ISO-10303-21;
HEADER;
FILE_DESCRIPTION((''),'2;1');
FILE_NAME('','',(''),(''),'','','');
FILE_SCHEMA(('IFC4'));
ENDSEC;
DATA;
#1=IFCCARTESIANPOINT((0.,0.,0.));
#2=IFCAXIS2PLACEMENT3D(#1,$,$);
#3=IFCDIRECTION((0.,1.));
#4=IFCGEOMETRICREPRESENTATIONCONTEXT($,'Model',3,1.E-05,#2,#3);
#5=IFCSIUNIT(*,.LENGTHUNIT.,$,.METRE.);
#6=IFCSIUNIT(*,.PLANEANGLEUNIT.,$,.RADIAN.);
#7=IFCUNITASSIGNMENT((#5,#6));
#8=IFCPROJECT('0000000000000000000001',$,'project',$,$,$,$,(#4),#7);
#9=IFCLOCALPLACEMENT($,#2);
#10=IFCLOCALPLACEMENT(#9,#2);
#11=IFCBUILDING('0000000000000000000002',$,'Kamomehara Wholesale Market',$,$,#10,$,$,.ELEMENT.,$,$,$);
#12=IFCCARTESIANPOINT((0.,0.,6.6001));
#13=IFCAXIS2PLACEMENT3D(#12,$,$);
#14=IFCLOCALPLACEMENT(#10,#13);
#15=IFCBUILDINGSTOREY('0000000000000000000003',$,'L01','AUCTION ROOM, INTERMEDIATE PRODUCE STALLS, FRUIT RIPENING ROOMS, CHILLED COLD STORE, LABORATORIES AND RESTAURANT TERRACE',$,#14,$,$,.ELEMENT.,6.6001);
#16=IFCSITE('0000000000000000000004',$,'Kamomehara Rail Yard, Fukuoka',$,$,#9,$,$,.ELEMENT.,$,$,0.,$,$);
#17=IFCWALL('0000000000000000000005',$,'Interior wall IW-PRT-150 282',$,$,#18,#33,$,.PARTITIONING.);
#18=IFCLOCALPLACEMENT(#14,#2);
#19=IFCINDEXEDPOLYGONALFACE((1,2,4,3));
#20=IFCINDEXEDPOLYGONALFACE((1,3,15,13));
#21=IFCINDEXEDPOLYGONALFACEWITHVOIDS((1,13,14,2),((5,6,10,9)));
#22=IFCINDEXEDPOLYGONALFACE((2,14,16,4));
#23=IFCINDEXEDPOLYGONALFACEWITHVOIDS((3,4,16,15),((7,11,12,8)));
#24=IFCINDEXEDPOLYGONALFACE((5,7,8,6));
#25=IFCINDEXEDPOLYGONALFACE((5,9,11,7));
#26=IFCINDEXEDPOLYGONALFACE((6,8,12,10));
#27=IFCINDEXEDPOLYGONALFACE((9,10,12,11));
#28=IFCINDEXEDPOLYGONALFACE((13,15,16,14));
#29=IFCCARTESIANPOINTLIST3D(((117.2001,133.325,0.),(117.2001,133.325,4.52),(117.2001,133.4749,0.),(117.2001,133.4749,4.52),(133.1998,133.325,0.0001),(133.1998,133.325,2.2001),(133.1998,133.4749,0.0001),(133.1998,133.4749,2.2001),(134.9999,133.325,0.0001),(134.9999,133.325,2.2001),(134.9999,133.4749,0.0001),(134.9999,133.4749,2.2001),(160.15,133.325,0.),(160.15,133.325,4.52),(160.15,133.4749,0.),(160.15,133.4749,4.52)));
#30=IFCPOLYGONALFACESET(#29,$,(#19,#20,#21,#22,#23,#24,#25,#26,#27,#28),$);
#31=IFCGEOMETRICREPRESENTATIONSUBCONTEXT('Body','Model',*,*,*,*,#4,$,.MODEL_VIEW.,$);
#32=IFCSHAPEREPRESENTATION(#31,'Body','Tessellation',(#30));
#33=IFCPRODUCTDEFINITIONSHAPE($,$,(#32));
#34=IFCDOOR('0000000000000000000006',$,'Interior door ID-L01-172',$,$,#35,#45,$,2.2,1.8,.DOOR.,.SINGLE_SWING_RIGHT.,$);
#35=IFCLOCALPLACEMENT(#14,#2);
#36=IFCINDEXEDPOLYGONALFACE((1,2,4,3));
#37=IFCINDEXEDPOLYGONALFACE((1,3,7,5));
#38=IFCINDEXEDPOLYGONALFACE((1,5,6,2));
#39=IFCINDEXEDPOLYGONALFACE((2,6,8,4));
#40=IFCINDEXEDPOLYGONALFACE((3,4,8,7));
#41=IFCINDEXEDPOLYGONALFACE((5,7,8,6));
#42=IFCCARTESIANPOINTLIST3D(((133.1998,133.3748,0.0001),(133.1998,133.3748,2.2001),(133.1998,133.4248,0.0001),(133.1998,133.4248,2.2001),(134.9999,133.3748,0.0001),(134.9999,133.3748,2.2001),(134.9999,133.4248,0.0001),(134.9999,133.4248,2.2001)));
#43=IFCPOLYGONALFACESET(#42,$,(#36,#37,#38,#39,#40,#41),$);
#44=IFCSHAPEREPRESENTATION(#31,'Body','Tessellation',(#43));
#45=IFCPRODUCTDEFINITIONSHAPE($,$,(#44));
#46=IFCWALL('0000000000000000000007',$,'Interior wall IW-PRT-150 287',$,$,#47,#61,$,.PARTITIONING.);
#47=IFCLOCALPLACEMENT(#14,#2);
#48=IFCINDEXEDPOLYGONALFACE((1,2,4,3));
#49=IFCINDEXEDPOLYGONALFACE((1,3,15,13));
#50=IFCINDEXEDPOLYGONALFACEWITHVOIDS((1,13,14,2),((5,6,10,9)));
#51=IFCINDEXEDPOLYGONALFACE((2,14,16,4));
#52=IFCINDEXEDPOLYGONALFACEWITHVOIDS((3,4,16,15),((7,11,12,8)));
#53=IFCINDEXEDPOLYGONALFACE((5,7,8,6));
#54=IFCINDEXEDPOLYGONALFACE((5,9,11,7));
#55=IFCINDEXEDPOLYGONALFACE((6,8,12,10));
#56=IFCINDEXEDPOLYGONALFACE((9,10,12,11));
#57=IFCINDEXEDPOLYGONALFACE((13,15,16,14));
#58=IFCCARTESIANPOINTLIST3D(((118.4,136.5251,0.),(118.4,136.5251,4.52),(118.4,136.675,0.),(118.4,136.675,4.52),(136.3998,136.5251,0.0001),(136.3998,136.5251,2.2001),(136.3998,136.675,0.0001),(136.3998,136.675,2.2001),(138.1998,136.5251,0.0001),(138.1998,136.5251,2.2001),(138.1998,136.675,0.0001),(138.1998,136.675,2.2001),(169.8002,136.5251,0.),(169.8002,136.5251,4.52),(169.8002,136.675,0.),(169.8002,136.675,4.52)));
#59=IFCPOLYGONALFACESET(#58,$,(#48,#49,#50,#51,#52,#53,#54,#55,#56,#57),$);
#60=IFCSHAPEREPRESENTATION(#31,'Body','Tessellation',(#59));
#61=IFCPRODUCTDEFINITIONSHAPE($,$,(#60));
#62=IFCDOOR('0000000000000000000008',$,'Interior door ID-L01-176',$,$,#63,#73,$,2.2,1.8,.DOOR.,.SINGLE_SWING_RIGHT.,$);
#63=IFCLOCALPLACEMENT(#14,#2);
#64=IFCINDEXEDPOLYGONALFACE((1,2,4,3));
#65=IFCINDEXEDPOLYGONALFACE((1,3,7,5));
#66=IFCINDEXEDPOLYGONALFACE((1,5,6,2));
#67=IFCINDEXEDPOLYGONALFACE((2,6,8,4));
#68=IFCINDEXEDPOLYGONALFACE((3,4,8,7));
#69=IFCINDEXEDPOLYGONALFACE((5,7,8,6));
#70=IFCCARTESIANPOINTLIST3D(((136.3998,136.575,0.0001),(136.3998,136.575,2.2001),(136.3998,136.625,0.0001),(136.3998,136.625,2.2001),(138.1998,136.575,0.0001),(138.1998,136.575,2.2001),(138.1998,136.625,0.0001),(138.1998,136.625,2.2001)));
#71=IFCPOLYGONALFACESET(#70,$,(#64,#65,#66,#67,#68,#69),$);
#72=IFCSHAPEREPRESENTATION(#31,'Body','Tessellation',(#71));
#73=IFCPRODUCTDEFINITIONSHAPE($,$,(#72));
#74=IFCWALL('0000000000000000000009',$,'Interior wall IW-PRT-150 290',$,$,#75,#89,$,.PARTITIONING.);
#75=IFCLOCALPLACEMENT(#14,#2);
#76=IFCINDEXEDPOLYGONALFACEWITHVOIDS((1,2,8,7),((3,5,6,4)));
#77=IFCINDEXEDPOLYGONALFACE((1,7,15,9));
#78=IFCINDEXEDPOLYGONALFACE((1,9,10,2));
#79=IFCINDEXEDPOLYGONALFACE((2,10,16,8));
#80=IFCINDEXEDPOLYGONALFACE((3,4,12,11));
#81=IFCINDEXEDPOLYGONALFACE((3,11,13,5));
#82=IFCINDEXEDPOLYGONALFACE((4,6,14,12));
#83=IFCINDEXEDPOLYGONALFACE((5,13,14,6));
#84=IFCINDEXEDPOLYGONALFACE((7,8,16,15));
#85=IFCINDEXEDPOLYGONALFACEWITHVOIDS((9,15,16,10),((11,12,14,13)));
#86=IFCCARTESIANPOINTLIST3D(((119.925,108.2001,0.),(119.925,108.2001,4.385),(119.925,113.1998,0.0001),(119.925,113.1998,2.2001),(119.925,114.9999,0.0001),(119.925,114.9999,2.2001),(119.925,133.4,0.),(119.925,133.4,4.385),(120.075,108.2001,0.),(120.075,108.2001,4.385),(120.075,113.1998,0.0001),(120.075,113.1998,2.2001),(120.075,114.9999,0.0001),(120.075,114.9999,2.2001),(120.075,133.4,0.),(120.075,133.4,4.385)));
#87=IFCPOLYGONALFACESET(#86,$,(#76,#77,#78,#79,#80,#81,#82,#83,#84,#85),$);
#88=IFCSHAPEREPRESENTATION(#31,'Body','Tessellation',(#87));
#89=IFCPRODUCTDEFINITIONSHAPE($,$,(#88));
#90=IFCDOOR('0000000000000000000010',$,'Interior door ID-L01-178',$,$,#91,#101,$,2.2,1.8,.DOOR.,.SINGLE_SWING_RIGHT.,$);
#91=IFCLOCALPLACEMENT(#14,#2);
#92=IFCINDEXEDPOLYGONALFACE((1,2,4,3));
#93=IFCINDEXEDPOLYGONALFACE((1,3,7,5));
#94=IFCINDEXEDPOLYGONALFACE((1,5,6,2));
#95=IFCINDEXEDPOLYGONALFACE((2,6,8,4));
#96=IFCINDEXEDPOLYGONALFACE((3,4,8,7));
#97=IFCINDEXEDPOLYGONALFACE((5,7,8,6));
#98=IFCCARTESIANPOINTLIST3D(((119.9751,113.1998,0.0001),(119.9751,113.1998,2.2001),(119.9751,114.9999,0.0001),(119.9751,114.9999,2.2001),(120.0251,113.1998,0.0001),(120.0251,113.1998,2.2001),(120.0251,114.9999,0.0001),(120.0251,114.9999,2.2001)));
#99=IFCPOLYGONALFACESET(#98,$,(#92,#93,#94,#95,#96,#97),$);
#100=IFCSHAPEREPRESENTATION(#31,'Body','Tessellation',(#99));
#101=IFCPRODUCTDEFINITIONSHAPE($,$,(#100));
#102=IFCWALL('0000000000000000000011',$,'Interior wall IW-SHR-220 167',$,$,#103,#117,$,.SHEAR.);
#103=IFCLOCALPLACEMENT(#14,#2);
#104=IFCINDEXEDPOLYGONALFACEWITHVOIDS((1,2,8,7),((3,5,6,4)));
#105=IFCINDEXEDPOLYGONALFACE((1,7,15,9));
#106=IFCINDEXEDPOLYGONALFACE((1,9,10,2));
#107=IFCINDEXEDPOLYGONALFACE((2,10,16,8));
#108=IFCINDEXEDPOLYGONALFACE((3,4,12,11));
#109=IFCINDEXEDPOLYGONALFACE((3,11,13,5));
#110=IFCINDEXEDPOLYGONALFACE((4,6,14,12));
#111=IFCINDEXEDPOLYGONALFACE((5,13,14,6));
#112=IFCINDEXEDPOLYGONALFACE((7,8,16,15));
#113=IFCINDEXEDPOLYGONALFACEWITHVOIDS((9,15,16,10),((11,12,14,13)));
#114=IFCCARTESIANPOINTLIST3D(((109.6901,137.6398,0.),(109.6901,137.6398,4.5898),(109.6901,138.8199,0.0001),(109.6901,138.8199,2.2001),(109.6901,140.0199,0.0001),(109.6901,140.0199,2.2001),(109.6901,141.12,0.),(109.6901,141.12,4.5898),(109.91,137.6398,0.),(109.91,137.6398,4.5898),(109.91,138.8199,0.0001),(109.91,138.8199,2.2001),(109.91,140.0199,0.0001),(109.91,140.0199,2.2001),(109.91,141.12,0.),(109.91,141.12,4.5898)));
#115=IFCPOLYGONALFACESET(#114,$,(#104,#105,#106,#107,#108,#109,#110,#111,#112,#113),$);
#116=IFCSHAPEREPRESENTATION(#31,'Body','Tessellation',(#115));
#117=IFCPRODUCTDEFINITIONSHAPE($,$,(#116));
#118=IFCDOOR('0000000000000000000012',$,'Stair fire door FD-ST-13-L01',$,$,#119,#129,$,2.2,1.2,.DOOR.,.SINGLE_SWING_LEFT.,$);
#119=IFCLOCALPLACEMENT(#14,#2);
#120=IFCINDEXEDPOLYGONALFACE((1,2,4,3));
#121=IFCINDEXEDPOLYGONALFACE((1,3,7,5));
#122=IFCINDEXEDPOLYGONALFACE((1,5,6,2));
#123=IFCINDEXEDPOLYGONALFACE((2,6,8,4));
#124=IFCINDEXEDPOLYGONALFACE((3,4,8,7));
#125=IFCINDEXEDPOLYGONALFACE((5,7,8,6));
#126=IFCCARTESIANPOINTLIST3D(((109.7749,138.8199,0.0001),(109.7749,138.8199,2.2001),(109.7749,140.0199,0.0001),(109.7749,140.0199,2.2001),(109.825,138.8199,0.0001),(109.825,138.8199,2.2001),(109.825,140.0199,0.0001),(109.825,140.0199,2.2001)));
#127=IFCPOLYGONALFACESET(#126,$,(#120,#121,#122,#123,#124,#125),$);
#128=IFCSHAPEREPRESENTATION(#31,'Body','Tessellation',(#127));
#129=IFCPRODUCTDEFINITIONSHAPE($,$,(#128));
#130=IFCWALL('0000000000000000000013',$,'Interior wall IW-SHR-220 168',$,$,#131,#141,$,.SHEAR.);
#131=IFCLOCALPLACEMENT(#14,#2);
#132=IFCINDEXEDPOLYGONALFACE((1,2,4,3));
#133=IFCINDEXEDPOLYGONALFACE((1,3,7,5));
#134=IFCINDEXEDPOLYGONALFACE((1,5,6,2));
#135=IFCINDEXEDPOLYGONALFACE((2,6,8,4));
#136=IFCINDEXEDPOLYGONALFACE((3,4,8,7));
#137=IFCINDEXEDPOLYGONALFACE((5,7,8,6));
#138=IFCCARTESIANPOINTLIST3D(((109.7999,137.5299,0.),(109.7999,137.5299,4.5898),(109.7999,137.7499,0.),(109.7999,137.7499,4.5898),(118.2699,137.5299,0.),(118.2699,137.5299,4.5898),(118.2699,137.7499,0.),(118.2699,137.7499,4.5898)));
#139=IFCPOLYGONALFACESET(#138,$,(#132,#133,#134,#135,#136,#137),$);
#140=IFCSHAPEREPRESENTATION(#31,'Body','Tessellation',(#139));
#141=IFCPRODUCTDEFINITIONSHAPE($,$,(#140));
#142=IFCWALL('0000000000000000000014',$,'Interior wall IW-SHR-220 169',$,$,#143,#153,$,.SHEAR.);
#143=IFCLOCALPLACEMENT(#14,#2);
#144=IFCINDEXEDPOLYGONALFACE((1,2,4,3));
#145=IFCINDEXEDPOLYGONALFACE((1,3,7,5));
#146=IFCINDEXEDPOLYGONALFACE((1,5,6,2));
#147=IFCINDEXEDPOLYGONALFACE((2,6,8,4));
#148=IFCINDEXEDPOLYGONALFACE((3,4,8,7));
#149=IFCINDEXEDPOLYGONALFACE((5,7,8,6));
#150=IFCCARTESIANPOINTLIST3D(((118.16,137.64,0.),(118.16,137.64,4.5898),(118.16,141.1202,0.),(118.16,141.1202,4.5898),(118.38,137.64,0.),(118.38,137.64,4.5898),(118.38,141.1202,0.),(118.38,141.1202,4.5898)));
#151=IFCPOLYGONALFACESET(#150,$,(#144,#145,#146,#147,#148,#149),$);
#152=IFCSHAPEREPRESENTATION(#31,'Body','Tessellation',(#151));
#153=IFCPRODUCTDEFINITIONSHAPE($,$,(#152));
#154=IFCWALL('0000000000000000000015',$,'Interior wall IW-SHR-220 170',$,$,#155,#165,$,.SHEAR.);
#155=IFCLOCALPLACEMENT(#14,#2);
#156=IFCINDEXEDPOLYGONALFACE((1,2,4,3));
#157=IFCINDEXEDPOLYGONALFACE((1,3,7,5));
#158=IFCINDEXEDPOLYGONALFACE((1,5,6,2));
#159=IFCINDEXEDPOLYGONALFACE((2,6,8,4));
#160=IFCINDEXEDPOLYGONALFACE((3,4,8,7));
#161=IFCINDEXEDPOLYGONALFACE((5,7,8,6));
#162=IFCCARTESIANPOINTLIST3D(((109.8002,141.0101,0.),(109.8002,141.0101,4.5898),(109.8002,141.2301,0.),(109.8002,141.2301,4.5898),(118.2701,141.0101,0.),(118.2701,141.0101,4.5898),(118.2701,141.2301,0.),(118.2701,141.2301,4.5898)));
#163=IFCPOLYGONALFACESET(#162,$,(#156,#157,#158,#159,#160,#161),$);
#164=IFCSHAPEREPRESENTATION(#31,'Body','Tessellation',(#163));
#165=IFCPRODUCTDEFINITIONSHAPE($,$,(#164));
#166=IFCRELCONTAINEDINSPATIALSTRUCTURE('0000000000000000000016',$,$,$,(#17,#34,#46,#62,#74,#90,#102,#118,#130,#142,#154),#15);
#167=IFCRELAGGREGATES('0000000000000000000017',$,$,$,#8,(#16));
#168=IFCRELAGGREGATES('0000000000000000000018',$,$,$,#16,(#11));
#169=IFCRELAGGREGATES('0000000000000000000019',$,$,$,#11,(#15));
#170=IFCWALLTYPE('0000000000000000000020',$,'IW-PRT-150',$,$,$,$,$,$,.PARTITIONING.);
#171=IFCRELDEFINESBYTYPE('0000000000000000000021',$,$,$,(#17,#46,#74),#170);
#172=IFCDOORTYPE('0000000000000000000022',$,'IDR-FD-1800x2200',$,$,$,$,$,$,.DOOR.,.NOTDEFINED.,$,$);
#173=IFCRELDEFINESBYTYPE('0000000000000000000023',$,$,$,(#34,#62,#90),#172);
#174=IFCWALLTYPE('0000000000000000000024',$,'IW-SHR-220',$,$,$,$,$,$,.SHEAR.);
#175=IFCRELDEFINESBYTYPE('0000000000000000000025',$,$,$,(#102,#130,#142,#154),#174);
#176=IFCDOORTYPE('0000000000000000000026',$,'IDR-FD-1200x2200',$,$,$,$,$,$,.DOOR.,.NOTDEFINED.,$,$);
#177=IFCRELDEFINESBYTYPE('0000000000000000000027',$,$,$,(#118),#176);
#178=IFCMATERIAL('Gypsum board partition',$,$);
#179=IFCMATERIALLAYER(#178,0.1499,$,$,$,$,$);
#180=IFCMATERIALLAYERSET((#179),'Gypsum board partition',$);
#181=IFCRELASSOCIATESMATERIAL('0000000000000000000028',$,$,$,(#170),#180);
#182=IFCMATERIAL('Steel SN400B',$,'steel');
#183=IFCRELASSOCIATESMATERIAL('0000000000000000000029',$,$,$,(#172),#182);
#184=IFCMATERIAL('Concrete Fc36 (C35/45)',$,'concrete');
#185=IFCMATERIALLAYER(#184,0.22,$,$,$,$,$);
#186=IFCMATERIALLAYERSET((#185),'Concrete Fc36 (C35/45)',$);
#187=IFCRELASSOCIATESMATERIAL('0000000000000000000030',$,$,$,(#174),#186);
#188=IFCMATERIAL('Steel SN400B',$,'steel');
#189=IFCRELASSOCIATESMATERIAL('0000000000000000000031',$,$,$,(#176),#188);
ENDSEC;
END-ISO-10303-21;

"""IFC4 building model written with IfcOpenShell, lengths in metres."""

from ifc_helpers import new_model, si_unit, direction, frame, frame_2d, origin, place, context, subcontext, project, spatial, rectangle, extrude, material, layer, layer_set, type_object, element, fill, save


model = new_model("IFC4")

# Units and contexts
model_context = context("Model", 3, precision=1e-05, world=origin(), true_north=direction((0.0, 1.0)))
body_context = subcontext(model_context, "Body", "Model", "MODEL_VIEW")
ifc_project = project(units=[si_unit("LENGTHUNIT", "METRE"), si_unit("PLANEANGLEUNIT", "RADIAN")], contexts=[model_context])

# Site, building, storey
site_placement = place(None, origin())
site = spatial("IfcSite", under=ifc_project, at=site_placement, Name="Kamomehara Rail Yard, Fukuoka", CompositionType="ELEMENT", RefElevation=0.0)
building_placement = place(site_placement, origin())
building = spatial("IfcBuilding", under=site, at=building_placement, Name="Kamomehara Wholesale Market", CompositionType="ELEMENT")
storey_placement = place(building_placement, frame((0.0, 0.0, 6.6001)))
storey = spatial("IfcBuildingStorey", under=building, at=storey_placement, Name="L01", Description="AUCTION ROOM, INTERMEDIATE PRODUCE STALLS, FRUIT RIPENING ROOMS, CHILLED COLD STORE, LABORATORIES AND RESTAURANT TERRACE", CompositionType="ELEMENT", Elevation=6.6001)

# Walls, openings, doors
ifc_material_1 = material(Name="Gypsum board partition")
ifc_layer_1 = layer(ifc_material_1, 0.1499)
ifc_layer_set_1 = layer_set([ifc_layer_1], Name="Gypsum board partition")
wall_type_1 = type_object("IfcWallType", Name="IW-PRT-150", PredefinedType="PARTITIONING", material=ifc_layer_set_1)
wall_1_placement = place(storey_placement, frame((117.2, 133.3999, 0.0), z_axis=(0.0, 0.0, 1.0), x_axis=(1.0, 0.0, 0.0)))
wall_1 = element("IfcWall", 1, at=wall_1_placement, inside=storey, type_object=wall_type_1, Name="Interior wall IW-PRT-150 282", PredefinedType="PARTITIONING", context=body_context, shape_type="SweptSolid", body=[
    extrude(rectangle(XDim=42.95, YDim=0.1499, at=frame_2d((21.4751, 0.0))), origin(), (0.0, 0.0, 1.0), 4.52),
])
opening_1_placement = place(wall_1_placement, frame((16.0, 0.0, 0.0)))
opening_1 = element("IfcOpeningElement", 2, at=opening_1_placement, cuts=wall_1, PredefinedType="OPENING", context=body_context, shape_type="SweptSolid", body=[
    extrude(rectangle(XDim=1.8, YDim=2.2, at=frame_2d((0.8999, 1.1001))), frame((0.0, 0.0898, 0.0), z_axis=(0.0, -1.0, 0.0), x_axis=(1.0, 0.0, 0.0)), (0.0, 0.0, 1.0), 0.1797),
])
ifc_material_2 = material(Name="Steel SN400B", Category="steel")
door_type_1 = type_object("IfcDoorType", Name="IDR-FD-1800x2200", OperationType="NOTDEFINED", PredefinedType="DOOR", material=ifc_material_2)
door_1_placement = place(opening_1_placement, origin())
door_1 = element("IfcDoor", 3, at=door_1_placement, inside=storey, type_object=door_type_1, Name="Interior door ID-L01-172", OperationType="SINGLE_SWING_RIGHT", OverallHeight=2.2, OverallWidth=1.8, PredefinedType="DOOR", context=body_context, shape_type="SweptSolid", body=[
    extrude(rectangle(XDim=1.8, YDim=2.2, at=frame_2d((0.8999, 1.1001))), frame((0.0, 0.0249, 0.0), z_axis=(0.0, -1.0, 0.0), x_axis=(1.0, 0.0, 0.0)), (0.0, 0.0, 1.0), 0.05),
])
fill(opening_1, door_1)
wall_2_placement = place(storey_placement, frame((118.3999, 136.6001, 0.0), z_axis=(0.0, 0.0, 1.0), x_axis=(1.0, 0.0, 0.0)))
wall_2 = element("IfcWall", 4, at=wall_2_placement, inside=storey, type_object=wall_type_1, Name="Interior wall IW-PRT-150 287", PredefinedType="PARTITIONING", context=body_context, shape_type="SweptSolid", body=[
    extrude(rectangle(XDim=51.4001, YDim=0.1499, at=frame_2d((25.7002, 0.0))), origin(), (0.0, 0.0, 1.0), 4.52),
])
opening_2_placement = place(wall_2_placement, frame((18.0, 0.0, 0.0)))
opening_2 = element("IfcOpeningElement", 5, at=opening_2_placement, cuts=wall_2, PredefinedType="OPENING", context=body_context, shape_type="SweptSolid", body=[
    extrude(rectangle(XDim=1.8, YDim=2.2, at=frame_2d((0.8999, 1.1001))), frame((0.0, 0.0898, 0.0), z_axis=(0.0, -1.0, 0.0), x_axis=(1.0, 0.0, 0.0)), (0.0, 0.0, 1.0), 0.1797),
])
door_2_placement = place(opening_2_placement, origin())
door_2 = element("IfcDoor", 6, at=door_2_placement, inside=storey, type_object=door_type_1, Name="Interior door ID-L01-176", OperationType="SINGLE_SWING_RIGHT", OverallHeight=2.2, OverallWidth=1.8, PredefinedType="DOOR", context=body_context, shape_type="SweptSolid", body=[
    extrude(rectangle(XDim=1.8, YDim=2.2, at=frame_2d((0.8999, 1.1001))), frame((0.0, 0.0249, 0.0), z_axis=(0.0, -1.0, 0.0), x_axis=(1.0, 0.0, 0.0)), (0.0, 0.0, 1.0), 0.05),
])
fill(opening_2, door_2)
wall_3_placement = place(storey_placement, frame((120.0, 108.2, 0.0), z_axis=(0.0, 0.0, 1.0), x_axis=(0.0, 1.0, 0.0)))
wall_3 = element("IfcWall", 7, at=wall_3_placement, inside=storey, type_object=wall_type_1, Name="Interior wall IW-PRT-150 290", PredefinedType="PARTITIONING", context=body_context, shape_type="SweptSolid", body=[
    extrude(rectangle(XDim=25.2, YDim=0.1499, at=frame_2d((12.6001, 0.0))), origin(), (0.0, 0.0, 1.0), 4.385),
])
opening_3_placement = place(wall_3_placement, frame((5.0, 0.0, 0.0)))
opening_3 = element("IfcOpeningElement", 8, at=opening_3_placement, cuts=wall_3, PredefinedType="OPENING", context=body_context, shape_type="SweptSolid", body=[
    extrude(rectangle(XDim=1.8, YDim=2.2, at=frame_2d((0.8999, 1.1001))), frame((0.0, 0.0898, 0.0), z_axis=(0.0, -1.0, 0.0), x_axis=(1.0, 0.0, 0.0)), (0.0, 0.0, 1.0), 0.1797),
])
door_3_placement = place(opening_3_placement, origin())
door_3 = element("IfcDoor", 9, at=door_3_placement, inside=storey, type_object=door_type_1, Name="Interior door ID-L01-178", OperationType="SINGLE_SWING_RIGHT", OverallHeight=2.2, OverallWidth=1.8, PredefinedType="DOOR", context=body_context, shape_type="SweptSolid", body=[
    extrude(rectangle(XDim=1.8, YDim=2.2, at=frame_2d((0.8999, 1.1001))), frame((0.0, 0.0249, 0.0), z_axis=(0.0, -1.0, 0.0), x_axis=(1.0, 0.0, 0.0)), (0.0, 0.0, 1.0), 0.05),
])
fill(opening_3, door_3)
ifc_material_3 = material(Name="Concrete Fc36 (C35/45)", Category="concrete")
ifc_layer_2 = layer(ifc_material_3, 0.22)
ifc_layer_set_2 = layer_set([ifc_layer_2], Name="Concrete Fc36 (C35/45)")
wall_type_2 = type_object("IfcWallType", Name="IW-SHR-220", PredefinedType="SHEAR", material=ifc_layer_set_2)
wall_4_placement = place(storey_placement, frame((109.8, 141.1201, 0.0), z_axis=(0.0, 0.0, 1.0), x_axis=(0.0, -1.0, 0.0)))
wall_4 = element("IfcWall", 10, at=wall_4_placement, inside=storey, type_object=wall_type_2, Name="Interior wall IW-SHR-220 167", PredefinedType="SHEAR", context=body_context, shape_type="SweptSolid", body=[
    extrude(rectangle(XDim=3.4802, YDim=0.22, at=frame_2d((1.7402, 0.0))), origin(), (0.0, 0.0, 1.0), 4.5898),
])
opening_4_placement = place(wall_4_placement, frame((1.1001, 0.0, 0.0)))
opening_4 = element("IfcOpeningElement", 11, at=opening_4_placement, cuts=wall_4, PredefinedType="OPENING", context=body_context, shape_type="SweptSolid", body=[
    extrude(rectangle(XDim=1.2, YDim=2.2, at=frame_2d((0.6001, 1.1001))), frame((0.0, 0.125, 0.0), z_axis=(0.0, -1.0, 0.0), x_axis=(1.0, 0.0, 0.0)), (0.0, 0.0, 1.0), 0.2498),
])
ifc_material_4 = material(Name="Steel SN400B", Category="steel")
door_type_2 = type_object("IfcDoorType", Name="IDR-FD-1200x2200", OperationType="NOTDEFINED", PredefinedType="DOOR", material=ifc_material_4)
door_4_placement = place(opening_4_placement, origin())
door_4 = element("IfcDoor", 12, at=door_4_placement, inside=storey, type_object=door_type_2, Name="Stair fire door FD-ST-13-L01", OperationType="SINGLE_SWING_LEFT", OverallHeight=2.2, OverallWidth=1.2, PredefinedType="DOOR", context=body_context, shape_type="SweptSolid", body=[
    extrude(rectangle(XDim=1.2, YDim=2.2, at=frame_2d((0.6001, 1.1001))), frame((0.0, 0.0249, 0.0), z_axis=(0.0, -1.0, 0.0), x_axis=(1.0, 0.0, 0.0)), (0.0, 0.0, 1.0), 0.05),
])
fill(opening_4, door_4)

# Walls
wall_5_placement = place(storey_placement, frame((109.8, 137.6399, 0.0), z_axis=(0.0, 0.0, 1.0), x_axis=(1.0, 0.0, 0.0)))
element("IfcWall", 13, at=wall_5_placement, inside=storey, type_object=wall_type_2, Name="Interior wall IW-SHR-220 168", PredefinedType="SHEAR", context=body_context, shape_type="SweptSolid", body=[
    extrude(rectangle(XDim=8.47, YDim=0.22, at=frame_2d((4.2349, 0.0))), origin(), (0.0, 0.0, 1.0), 4.5898),
])
wall_6_placement = place(storey_placement, frame((118.27, 137.6399, 0.0), z_axis=(0.0, 0.0, 1.0), x_axis=(0.0, 1.0, 0.0)))
element("IfcWall", 14, at=wall_6_placement, inside=storey, type_object=wall_type_2, Name="Interior wall IW-SHR-220 169", PredefinedType="SHEAR", context=body_context, shape_type="SweptSolid", body=[
    extrude(rectangle(XDim=3.4802, YDim=0.22, at=frame_2d((1.7402, 0.0))), origin(), (0.0, 0.0, 1.0), 4.5898),
])
wall_7_placement = place(storey_placement, frame((118.27, 141.1201, 0.0), z_axis=(0.0, 0.0, 1.0), x_axis=(-1.0, 0.0, 0.0)))
element("IfcWall", 15, at=wall_7_placement, inside=storey, type_object=wall_type_2, Name="Interior wall IW-SHR-220 170", PredefinedType="SHEAR", context=body_context, shape_type="SweptSolid", body=[
    extrude(rectangle(XDim=8.47, YDim=0.22, at=frame_2d((4.2349, 0.0))), origin(), (0.0, 0.0, 1.0), 4.5898),
])

save(model, "model.ifc")
